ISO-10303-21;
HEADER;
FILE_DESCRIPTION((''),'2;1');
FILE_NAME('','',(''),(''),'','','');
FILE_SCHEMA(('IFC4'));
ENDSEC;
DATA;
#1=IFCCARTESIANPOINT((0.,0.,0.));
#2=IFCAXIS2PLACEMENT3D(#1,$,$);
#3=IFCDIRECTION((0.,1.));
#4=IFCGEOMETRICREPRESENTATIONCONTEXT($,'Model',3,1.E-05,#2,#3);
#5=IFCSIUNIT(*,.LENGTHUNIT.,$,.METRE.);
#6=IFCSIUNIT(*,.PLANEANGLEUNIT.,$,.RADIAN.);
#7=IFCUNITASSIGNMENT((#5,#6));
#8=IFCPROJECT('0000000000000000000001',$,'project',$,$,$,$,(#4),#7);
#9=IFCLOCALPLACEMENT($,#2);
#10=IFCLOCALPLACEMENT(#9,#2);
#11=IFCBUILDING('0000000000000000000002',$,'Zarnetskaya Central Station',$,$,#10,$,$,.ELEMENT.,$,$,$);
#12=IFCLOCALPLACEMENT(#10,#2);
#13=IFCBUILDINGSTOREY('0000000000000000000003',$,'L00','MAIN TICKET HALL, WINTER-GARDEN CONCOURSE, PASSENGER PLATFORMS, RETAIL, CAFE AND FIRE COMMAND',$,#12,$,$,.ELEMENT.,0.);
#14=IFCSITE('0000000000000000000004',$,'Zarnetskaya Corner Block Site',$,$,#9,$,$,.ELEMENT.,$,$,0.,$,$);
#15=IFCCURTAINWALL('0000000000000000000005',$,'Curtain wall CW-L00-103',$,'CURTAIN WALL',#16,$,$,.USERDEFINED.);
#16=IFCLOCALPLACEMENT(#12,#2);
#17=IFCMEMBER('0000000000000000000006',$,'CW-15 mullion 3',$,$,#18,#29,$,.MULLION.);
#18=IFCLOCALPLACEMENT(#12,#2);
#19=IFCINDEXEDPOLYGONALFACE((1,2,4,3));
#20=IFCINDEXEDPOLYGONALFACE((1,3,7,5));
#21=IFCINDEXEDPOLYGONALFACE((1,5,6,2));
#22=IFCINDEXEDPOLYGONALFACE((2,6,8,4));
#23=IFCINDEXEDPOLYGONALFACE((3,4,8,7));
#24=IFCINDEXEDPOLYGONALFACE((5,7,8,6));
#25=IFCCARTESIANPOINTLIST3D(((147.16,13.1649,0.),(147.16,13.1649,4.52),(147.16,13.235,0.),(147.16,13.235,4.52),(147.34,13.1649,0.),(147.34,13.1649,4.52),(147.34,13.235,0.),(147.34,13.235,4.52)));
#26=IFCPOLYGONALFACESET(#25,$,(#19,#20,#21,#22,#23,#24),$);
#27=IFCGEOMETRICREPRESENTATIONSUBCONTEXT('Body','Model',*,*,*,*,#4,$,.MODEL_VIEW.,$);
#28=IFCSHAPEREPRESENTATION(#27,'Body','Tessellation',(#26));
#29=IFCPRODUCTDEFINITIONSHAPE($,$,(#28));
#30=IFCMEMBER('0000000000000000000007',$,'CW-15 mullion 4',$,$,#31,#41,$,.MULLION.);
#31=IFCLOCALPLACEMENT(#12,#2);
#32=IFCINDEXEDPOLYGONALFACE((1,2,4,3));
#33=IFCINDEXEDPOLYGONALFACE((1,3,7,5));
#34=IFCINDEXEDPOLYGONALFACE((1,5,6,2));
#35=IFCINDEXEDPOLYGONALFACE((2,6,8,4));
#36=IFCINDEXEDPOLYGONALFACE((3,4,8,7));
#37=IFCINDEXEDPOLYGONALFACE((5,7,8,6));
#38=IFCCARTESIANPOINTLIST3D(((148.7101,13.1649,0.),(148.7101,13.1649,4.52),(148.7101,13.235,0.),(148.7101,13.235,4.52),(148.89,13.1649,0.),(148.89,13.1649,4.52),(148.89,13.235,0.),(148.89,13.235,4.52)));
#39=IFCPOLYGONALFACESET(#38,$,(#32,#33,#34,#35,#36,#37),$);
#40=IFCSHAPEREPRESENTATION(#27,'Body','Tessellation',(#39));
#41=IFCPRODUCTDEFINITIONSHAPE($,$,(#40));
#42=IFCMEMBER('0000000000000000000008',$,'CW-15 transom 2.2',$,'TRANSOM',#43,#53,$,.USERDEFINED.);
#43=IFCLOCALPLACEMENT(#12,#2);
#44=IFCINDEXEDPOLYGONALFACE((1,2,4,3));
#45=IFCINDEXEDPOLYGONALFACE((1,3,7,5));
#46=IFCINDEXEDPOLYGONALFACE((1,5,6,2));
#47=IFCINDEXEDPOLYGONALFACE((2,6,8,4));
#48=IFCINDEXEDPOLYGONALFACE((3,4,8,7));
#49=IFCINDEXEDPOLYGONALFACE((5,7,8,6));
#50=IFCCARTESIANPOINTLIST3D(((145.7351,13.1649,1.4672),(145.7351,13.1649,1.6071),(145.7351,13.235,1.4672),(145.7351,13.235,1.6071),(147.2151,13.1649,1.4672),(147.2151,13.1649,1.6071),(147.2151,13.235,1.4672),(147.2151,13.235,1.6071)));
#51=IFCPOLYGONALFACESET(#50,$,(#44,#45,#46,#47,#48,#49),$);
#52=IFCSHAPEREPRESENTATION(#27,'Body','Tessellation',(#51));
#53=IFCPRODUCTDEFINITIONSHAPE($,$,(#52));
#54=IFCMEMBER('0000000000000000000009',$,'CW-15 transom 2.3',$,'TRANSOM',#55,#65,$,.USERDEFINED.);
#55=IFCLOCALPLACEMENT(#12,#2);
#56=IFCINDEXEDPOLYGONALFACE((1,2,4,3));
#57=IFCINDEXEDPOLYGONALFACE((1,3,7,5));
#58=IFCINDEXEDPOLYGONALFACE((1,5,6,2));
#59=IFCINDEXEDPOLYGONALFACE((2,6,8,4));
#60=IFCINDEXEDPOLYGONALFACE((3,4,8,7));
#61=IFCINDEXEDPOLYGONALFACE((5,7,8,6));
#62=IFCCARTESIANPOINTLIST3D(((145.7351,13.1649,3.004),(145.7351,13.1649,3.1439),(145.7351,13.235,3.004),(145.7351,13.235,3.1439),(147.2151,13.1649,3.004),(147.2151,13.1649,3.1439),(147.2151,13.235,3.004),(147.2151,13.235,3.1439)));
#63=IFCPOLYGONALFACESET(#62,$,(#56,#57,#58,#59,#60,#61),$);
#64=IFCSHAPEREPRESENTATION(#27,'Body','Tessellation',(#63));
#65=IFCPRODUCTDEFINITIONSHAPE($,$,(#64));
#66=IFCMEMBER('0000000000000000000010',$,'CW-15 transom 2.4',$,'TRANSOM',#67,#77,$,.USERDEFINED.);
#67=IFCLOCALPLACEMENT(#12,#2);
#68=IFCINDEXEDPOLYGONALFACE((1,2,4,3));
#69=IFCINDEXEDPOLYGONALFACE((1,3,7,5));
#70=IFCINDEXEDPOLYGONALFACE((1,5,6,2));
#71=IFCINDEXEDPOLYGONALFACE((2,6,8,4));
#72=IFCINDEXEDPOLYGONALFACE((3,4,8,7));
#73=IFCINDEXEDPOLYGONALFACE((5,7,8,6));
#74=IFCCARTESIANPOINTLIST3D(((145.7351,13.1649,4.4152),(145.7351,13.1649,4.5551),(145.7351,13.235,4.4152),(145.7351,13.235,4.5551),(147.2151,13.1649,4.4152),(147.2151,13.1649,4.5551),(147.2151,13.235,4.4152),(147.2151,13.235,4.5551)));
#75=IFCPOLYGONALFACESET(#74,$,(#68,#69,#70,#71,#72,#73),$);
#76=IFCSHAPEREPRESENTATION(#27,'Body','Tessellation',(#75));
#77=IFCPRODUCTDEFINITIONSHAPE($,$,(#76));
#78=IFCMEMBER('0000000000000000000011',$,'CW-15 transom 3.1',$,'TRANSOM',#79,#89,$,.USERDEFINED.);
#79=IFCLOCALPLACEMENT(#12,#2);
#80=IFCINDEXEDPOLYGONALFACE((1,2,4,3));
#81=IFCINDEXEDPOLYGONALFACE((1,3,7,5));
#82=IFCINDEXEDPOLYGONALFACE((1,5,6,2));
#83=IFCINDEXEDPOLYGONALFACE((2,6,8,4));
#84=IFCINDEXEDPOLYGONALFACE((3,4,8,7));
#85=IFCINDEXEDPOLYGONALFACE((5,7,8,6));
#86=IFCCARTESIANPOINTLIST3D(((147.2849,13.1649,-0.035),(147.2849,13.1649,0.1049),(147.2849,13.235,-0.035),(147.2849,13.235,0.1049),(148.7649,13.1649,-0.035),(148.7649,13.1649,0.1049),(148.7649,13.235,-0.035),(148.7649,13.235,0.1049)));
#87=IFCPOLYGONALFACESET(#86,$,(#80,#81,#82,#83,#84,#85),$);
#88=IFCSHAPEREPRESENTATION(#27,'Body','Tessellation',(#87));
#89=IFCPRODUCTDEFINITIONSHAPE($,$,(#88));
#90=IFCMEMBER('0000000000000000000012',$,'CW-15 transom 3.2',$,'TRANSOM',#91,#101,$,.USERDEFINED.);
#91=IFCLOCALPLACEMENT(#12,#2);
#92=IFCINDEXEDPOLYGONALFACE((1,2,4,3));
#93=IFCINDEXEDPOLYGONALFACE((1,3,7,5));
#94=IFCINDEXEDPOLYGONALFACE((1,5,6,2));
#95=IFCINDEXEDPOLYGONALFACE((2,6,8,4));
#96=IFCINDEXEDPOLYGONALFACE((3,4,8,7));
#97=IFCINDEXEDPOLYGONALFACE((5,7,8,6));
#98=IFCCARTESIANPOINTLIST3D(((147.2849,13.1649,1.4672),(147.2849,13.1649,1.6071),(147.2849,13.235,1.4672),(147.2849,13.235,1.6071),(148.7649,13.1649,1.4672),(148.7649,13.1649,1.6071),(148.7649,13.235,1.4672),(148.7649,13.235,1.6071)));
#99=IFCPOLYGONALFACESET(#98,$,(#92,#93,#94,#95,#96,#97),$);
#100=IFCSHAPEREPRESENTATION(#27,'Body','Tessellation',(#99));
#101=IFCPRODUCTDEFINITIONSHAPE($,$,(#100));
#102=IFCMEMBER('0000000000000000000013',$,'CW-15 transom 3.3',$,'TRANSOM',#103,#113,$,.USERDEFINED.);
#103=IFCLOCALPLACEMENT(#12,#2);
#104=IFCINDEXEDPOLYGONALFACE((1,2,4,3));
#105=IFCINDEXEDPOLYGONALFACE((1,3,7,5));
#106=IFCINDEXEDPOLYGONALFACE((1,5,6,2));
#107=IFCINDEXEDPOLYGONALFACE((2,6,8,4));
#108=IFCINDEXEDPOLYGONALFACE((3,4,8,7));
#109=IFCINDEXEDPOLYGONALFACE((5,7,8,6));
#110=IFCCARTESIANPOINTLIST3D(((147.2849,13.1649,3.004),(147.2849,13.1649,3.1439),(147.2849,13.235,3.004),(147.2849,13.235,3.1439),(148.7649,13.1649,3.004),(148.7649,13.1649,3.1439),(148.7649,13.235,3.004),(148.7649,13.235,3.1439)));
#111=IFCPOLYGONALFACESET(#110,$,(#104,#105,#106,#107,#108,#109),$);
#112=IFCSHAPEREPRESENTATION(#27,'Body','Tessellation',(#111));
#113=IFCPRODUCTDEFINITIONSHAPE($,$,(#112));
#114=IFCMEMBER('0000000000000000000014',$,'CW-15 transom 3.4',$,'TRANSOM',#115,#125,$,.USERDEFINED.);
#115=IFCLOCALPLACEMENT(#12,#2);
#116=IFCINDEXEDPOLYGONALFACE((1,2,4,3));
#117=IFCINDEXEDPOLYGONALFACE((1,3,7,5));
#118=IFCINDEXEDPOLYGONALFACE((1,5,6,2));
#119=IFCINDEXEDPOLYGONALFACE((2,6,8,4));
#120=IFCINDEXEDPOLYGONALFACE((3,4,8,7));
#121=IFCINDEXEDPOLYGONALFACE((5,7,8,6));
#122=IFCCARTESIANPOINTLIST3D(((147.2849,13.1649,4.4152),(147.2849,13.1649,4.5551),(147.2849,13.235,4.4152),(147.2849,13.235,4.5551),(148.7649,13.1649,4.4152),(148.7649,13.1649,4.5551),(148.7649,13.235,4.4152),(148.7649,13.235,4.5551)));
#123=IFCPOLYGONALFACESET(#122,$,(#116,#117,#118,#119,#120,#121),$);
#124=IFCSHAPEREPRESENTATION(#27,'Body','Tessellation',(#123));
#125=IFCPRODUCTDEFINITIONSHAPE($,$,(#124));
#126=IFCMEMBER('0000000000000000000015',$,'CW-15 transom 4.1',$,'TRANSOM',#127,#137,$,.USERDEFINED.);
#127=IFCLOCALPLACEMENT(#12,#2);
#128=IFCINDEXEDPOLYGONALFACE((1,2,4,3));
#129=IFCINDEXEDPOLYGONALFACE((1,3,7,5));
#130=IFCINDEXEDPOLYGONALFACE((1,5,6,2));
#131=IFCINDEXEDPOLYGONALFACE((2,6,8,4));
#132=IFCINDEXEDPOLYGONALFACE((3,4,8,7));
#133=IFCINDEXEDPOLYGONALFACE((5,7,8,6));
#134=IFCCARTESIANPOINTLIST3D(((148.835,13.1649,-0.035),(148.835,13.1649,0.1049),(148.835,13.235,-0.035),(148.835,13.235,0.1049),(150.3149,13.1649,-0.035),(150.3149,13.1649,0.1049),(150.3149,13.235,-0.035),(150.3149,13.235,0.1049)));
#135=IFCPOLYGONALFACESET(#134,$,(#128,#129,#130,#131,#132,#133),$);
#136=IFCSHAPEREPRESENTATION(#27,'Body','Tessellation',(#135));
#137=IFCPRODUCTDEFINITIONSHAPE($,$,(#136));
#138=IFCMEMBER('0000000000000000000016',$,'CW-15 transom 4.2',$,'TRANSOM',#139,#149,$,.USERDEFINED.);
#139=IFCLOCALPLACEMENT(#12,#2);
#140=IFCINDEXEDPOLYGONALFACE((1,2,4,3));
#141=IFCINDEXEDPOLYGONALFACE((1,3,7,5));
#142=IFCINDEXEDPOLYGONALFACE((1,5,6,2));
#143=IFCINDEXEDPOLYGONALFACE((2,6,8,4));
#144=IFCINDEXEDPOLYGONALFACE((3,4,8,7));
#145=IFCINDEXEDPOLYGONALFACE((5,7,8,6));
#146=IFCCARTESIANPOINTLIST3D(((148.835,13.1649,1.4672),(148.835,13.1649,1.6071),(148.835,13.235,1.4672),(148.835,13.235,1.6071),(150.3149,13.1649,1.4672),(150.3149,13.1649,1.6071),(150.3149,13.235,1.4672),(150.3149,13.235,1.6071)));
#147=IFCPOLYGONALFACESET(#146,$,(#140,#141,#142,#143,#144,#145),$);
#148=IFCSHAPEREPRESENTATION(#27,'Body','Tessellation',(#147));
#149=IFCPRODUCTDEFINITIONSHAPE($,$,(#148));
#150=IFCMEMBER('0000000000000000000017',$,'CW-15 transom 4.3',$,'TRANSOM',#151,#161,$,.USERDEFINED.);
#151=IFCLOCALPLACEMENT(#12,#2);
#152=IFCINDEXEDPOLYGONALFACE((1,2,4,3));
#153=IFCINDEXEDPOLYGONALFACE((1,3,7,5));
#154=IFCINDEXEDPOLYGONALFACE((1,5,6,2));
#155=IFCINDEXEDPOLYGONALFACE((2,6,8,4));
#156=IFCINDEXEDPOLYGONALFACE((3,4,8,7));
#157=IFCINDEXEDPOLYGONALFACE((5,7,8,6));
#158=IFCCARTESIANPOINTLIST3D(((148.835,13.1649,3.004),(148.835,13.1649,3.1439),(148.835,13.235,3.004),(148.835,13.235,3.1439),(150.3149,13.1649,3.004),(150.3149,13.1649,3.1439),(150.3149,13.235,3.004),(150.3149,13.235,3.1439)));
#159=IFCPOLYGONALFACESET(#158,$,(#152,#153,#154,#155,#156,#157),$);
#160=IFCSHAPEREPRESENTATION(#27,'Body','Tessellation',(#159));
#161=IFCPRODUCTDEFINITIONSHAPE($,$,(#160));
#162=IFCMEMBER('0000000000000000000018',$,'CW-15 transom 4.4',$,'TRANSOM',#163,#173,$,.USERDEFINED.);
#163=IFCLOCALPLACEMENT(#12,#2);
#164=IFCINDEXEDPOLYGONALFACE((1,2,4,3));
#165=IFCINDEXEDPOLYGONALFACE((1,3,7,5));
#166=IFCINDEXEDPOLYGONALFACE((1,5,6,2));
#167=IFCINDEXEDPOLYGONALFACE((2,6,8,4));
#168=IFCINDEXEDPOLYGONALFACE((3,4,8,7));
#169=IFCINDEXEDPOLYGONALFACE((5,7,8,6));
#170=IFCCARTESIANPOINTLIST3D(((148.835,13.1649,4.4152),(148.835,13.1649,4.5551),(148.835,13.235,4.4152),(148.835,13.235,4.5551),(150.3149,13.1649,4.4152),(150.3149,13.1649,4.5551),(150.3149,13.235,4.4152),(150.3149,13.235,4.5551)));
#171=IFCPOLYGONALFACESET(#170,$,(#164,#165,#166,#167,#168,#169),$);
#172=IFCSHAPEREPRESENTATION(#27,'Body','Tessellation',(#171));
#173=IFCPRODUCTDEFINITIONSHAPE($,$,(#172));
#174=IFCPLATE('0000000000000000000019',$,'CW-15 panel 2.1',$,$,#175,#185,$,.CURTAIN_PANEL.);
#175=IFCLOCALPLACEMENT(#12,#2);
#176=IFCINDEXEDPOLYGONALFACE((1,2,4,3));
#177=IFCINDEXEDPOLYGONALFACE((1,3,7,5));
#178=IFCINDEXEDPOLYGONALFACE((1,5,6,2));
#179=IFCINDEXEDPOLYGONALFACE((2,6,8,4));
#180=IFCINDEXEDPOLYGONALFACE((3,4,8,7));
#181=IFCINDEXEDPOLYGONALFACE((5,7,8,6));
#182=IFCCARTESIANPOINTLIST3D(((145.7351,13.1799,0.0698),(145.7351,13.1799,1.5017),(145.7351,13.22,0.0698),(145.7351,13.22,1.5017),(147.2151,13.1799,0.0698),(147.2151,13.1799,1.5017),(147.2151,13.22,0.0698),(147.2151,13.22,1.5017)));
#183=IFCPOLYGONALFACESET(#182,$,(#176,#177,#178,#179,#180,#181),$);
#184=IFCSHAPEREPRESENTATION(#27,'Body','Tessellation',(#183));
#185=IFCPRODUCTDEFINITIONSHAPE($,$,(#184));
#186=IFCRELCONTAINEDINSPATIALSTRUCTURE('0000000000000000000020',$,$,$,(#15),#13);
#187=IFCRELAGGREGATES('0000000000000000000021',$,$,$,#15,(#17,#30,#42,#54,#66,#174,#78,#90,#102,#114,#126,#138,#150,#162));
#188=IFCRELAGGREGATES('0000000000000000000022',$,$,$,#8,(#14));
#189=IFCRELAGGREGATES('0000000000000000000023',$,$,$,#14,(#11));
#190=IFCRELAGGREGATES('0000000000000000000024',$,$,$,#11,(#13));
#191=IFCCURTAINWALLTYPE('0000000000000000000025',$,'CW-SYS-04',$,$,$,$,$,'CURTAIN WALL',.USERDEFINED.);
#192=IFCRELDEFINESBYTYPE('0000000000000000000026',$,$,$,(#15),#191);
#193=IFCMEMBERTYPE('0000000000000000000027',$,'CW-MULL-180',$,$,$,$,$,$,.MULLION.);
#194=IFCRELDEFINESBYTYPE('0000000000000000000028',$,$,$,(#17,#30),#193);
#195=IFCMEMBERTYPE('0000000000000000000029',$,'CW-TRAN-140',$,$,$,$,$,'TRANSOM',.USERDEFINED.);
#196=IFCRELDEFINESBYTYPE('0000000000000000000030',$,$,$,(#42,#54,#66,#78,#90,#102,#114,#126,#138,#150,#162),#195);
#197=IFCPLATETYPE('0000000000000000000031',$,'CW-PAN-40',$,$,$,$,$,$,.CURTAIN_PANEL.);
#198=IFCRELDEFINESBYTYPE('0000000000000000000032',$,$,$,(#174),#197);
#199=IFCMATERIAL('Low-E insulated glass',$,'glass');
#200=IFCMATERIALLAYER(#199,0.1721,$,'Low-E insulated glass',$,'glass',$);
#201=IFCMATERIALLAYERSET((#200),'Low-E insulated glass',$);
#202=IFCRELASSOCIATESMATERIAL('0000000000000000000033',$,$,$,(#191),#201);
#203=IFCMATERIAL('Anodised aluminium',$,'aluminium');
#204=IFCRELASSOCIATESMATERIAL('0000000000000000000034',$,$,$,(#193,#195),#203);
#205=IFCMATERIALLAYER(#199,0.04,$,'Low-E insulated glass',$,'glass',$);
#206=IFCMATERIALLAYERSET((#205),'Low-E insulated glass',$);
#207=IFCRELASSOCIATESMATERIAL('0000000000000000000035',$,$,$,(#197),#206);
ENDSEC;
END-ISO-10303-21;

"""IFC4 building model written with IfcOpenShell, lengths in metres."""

from ifc_helpers import new_model, si_unit, direction, frame, origin, origin_2d, place, context, subcontext, project, spatial, rectangle, extrude, material, layer, layer_set, material_profile, profile_set, type_object, element, aggregate, save


model = new_model("IFC4")

# Units and contexts
model_context = context("Model", 3, precision=1e-05, world=origin(), true_north=direction((0.0, 1.0)))
body_context = subcontext(model_context, "Body", "Model", "MODEL_VIEW")
ifc_project = project(units=[si_unit("LENGTHUNIT", "METRE"), si_unit("PLANEANGLEUNIT", "RADIAN")], contexts=[model_context])

# Site, building, storey
site_placement = place(None, origin())
site = spatial("IfcSite", under=ifc_project, at=site_placement, Name="Zarnetskaya Corner Block Site", CompositionType="ELEMENT", RefElevation=0.0)
building_placement = place(site_placement, origin())
building = spatial("IfcBuilding", under=site, at=building_placement, Name="Zarnetskaya Central Station", CompositionType="ELEMENT")
storey_placement = place(building_placement, origin())
storey = spatial("IfcBuildingStorey", under=building, at=storey_placement, Name="L00", Description="MAIN TICKET HALL, WINTER-GARDEN CONCOURSE, PASSENGER PLATFORMS, RETAIL, CAFE AND FIRE COMMAND", CompositionType="ELEMENT", Elevation=0.0)

# Curtain wall, members, plate
ifc_material_1 = material(Name="Low-E insulated glass", Category="glass")
ifc_layer_1 = layer(ifc_material_1, 0.1721, Name="Low-E insulated glass", Category="glass")
ifc_layer_set_1 = layer_set([ifc_layer_1], Name="Low-E insulated glass")
curtain_wall_type = type_object("IfcCurtainWallType", Name="CW-SYS-04", ElementType="CURTAIN WALL", PredefinedType="USERDEFINED", material=ifc_layer_set_1)
curtain_wall_placement = place(storey_placement, origin())
curtain_wall = element("IfcCurtainWall", 1, at=curtain_wall_placement, inside=storey, type_object=curtain_wall_type, Name="Curtain wall CW-L00-103", ObjectType="CURTAIN WALL", PredefinedType="USERDEFINED")
ifc_material_2 = material(Name="Anodised aluminium", Category="aluminium")
ifc_material_profile_1 = material_profile(ifc_material_2, rectangle(XDim=0.0701, YDim=0.1799, at=origin_2d()), Name="ALU MULL 70x180")
ifc_profile_set_1 = profile_set([ifc_material_profile_1], Name="Anodised aluminium")
member_type_1 = type_object("IfcMemberType", Name="CW-MULL-180", PredefinedType="MULLION", material=ifc_profile_set_1)
member_1_placement = place(storey_placement, frame((147.25, 13.2, 0.0), z_axis=(0.0, 0.0, 1.0), x_axis=(0.0, 1.0, 0.0)))
member_1 = element("IfcMember", 2, at=member_1_placement, type_object=member_type_1, Name="CW-15 mullion 3", PredefinedType="MULLION", context=body_context, shape_type="SweptSolid", body=[
    extrude(rectangle(XDim=0.0701, YDim=0.1799, at=origin_2d()), origin(), (0.0, 0.0, 1.0), 4.52),
])
member_2_placement = place(storey_placement, frame((148.8, 13.2, 0.0), z_axis=(0.0, 0.0, 1.0), x_axis=(0.0, 1.0, 0.0)))
member_2 = element("IfcMember", 3, at=member_2_placement, type_object=member_type_1, Name="CW-15 mullion 4", PredefinedType="MULLION", context=body_context, shape_type="SweptSolid", body=[
    extrude(rectangle(XDim=0.0701, YDim=0.1799, at=origin_2d()), origin(), (0.0, 0.0, 1.0), 4.52),
])
ifc_material_profile_2 = material_profile(ifc_material_2, rectangle(XDim=0.0701, YDim=0.1399, at=origin_2d()), Name="ALU TRAN 70x140")
ifc_profile_set_2 = profile_set([ifc_material_profile_2], Name="Anodised aluminium")
member_type_2 = type_object("IfcMemberType", Name="CW-TRAN-140", ElementType="TRANSOM", PredefinedType="USERDEFINED", material=ifc_profile_set_2)
member_3_placement = place(storey_placement, frame((145.7351, 13.2, 1.5371), z_axis=(1.0, 0.0, 0.0), x_axis=(0.0, 1.0, 0.0)))
member_3 = element("IfcMember", 4, at=member_3_placement, type_object=member_type_2, Name="CW-15 transom 2.2", ObjectType="TRANSOM", PredefinedType="USERDEFINED", context=body_context, shape_type="SweptSolid", body=[
    extrude(rectangle(XDim=0.0701, YDim=0.1399, at=origin_2d()), origin(), (0.0, 0.0, 1.0), 1.48),
])
member_4_placement = place(storey_placement, frame((145.7351, 13.2, 3.074), z_axis=(1.0, 0.0, 0.0), x_axis=(0.0, 1.0, 0.0)))
member_4 = element("IfcMember", 5, at=member_4_placement, type_object=member_type_2, Name="CW-15 transom 2.3", ObjectType="TRANSOM", PredefinedType="USERDEFINED", context=body_context, shape_type="SweptSolid", body=[
    extrude(rectangle(XDim=0.0701, YDim=0.1399, at=origin_2d()), origin(), (0.0, 0.0, 1.0), 1.48),
])
member_5_placement = place(storey_placement, frame((145.7351, 13.2, 4.4851), z_axis=(1.0, 0.0, 0.0), x_axis=(0.0, 1.0, 0.0)))
member_5 = element("IfcMember", 6, at=member_5_placement, type_object=member_type_2, Name="CW-15 transom 2.4", ObjectType="TRANSOM", PredefinedType="USERDEFINED", context=body_context, shape_type="SweptSolid", body=[
    extrude(rectangle(XDim=0.0701, YDim=0.1399, at=origin_2d()), origin(), (0.0, 0.0, 1.0), 1.48),
])
member_6_placement = place(storey_placement, frame((147.2849, 13.2, 0.0349), z_axis=(1.0, 0.0, 0.0), x_axis=(0.0, 1.0, 0.0)))
member_6 = element("IfcMember", 7, at=member_6_placement, type_object=member_type_2, Name="CW-15 transom 3.1", ObjectType="TRANSOM", PredefinedType="USERDEFINED", context=body_context, shape_type="SweptSolid", body=[
    extrude(rectangle(XDim=0.0701, YDim=0.1399, at=origin_2d()), origin(), (0.0, 0.0, 1.0), 1.48),
])
member_7_placement = place(storey_placement, frame((147.2849, 13.2, 1.5371), z_axis=(1.0, 0.0, 0.0), x_axis=(0.0, 1.0, 0.0)))
member_7 = element("IfcMember", 8, at=member_7_placement, type_object=member_type_2, Name="CW-15 transom 3.2", ObjectType="TRANSOM", PredefinedType="USERDEFINED", context=body_context, shape_type="SweptSolid", body=[
    extrude(rectangle(XDim=0.0701, YDim=0.1399, at=origin_2d()), origin(), (0.0, 0.0, 1.0), 1.48),
])
member_8_placement = place(storey_placement, frame((147.2849, 13.2, 3.074), z_axis=(1.0, 0.0, 0.0), x_axis=(0.0, 1.0, 0.0)))
member_8 = element("IfcMember", 9, at=member_8_placement, type_object=member_type_2, Name="CW-15 transom 3.3", ObjectType="TRANSOM", PredefinedType="USERDEFINED", context=body_context, shape_type="SweptSolid", body=[
    extrude(rectangle(XDim=0.0701, YDim=0.1399, at=origin_2d()), origin(), (0.0, 0.0, 1.0), 1.48),
])
member_9_placement = place(storey_placement, frame((147.2849, 13.2, 4.4851), z_axis=(1.0, 0.0, 0.0), x_axis=(0.0, 1.0, 0.0)))
member_9 = element("IfcMember", 10, at=member_9_placement, type_object=member_type_2, Name="CW-15 transom 3.4", ObjectType="TRANSOM", PredefinedType="USERDEFINED", context=body_context, shape_type="SweptSolid", body=[
    extrude(rectangle(XDim=0.0701, YDim=0.1399, at=origin_2d()), origin(), (0.0, 0.0, 1.0), 1.48),
])
member_10_placement = place(storey_placement, frame((148.835, 13.2, 0.0349), z_axis=(1.0, 0.0, 0.0), x_axis=(0.0, 1.0, 0.0)))
member_10 = element("IfcMember", 11, at=member_10_placement, type_object=member_type_2, Name="CW-15 transom 4.1", ObjectType="TRANSOM", PredefinedType="USERDEFINED", context=body_context, shape_type="SweptSolid", body=[
    extrude(rectangle(XDim=0.0701, YDim=0.1399, at=origin_2d()), origin(), (0.0, 0.0, 1.0), 1.48),
])
member_11_placement = place(storey_placement, frame((148.835, 13.2, 1.5371), z_axis=(1.0, 0.0, 0.0), x_axis=(0.0, 1.0, 0.0)))
member_11 = element("IfcMember", 12, at=member_11_placement, type_object=member_type_2, Name="CW-15 transom 4.2", ObjectType="TRANSOM", PredefinedType="USERDEFINED", context=body_context, shape_type="SweptSolid", body=[
    extrude(rectangle(XDim=0.0701, YDim=0.1399, at=origin_2d()), origin(), (0.0, 0.0, 1.0), 1.48),
])
member_12_placement = place(storey_placement, frame((148.835, 13.2, 3.074), z_axis=(1.0, 0.0, 0.0), x_axis=(0.0, 1.0, 0.0)))
member_12 = element("IfcMember", 13, at=member_12_placement, type_object=member_type_2, Name="CW-15 transom 4.3", ObjectType="TRANSOM", PredefinedType="USERDEFINED", context=body_context, shape_type="SweptSolid", body=[
    extrude(rectangle(XDim=0.0701, YDim=0.1399, at=origin_2d()), origin(), (0.0, 0.0, 1.0), 1.48),
])
member_13_placement = place(storey_placement, frame((148.835, 13.2, 4.4851), z_axis=(1.0, 0.0, 0.0), x_axis=(0.0, 1.0, 0.0)))
member_13 = element("IfcMember", 14, at=member_13_placement, type_object=member_type_2, Name="CW-15 transom 4.4", ObjectType="TRANSOM", PredefinedType="USERDEFINED", context=body_context, shape_type="SweptSolid", body=[
    extrude(rectangle(XDim=0.0701, YDim=0.1399, at=origin_2d()), origin(), (0.0, 0.0, 1.0), 1.48),
])
ifc_layer_2 = layer(ifc_material_1, 0.04, Name="Low-E insulated glass", Category="glass")
ifc_layer_set_2 = layer_set([ifc_layer_2], Name="Low-E insulated glass")
plate_type = type_object("IfcPlateType", Name="CW-PAN-40", PredefinedType="CURTAIN_PANEL", material=ifc_layer_set_2)
plate_1_placement = place(storey_placement, frame((146.4751, 13.2, 0.0698), z_axis=(0.0, 0.0, 1.0), x_axis=(1.0, 0.0, 0.0)))
plate_1 = element("IfcPlate", 15, at=plate_1_placement, type_object=plate_type, Name="CW-15 panel 2.1", PredefinedType="CURTAIN_PANEL", context=body_context, shape_type="SweptSolid", body=[
    extrude(rectangle(XDim=1.48, YDim=0.04, at=origin_2d()), origin(), (0.0, 0.0, 1.0), 1.4319),
])
aggregate(curtain_wall, [member_1, member_2, member_3, member_4, member_5, plate_1, member_6, member_7, member_8, member_9, member_10, member_11, member_12, member_13])

save(model, "model.ifc")
